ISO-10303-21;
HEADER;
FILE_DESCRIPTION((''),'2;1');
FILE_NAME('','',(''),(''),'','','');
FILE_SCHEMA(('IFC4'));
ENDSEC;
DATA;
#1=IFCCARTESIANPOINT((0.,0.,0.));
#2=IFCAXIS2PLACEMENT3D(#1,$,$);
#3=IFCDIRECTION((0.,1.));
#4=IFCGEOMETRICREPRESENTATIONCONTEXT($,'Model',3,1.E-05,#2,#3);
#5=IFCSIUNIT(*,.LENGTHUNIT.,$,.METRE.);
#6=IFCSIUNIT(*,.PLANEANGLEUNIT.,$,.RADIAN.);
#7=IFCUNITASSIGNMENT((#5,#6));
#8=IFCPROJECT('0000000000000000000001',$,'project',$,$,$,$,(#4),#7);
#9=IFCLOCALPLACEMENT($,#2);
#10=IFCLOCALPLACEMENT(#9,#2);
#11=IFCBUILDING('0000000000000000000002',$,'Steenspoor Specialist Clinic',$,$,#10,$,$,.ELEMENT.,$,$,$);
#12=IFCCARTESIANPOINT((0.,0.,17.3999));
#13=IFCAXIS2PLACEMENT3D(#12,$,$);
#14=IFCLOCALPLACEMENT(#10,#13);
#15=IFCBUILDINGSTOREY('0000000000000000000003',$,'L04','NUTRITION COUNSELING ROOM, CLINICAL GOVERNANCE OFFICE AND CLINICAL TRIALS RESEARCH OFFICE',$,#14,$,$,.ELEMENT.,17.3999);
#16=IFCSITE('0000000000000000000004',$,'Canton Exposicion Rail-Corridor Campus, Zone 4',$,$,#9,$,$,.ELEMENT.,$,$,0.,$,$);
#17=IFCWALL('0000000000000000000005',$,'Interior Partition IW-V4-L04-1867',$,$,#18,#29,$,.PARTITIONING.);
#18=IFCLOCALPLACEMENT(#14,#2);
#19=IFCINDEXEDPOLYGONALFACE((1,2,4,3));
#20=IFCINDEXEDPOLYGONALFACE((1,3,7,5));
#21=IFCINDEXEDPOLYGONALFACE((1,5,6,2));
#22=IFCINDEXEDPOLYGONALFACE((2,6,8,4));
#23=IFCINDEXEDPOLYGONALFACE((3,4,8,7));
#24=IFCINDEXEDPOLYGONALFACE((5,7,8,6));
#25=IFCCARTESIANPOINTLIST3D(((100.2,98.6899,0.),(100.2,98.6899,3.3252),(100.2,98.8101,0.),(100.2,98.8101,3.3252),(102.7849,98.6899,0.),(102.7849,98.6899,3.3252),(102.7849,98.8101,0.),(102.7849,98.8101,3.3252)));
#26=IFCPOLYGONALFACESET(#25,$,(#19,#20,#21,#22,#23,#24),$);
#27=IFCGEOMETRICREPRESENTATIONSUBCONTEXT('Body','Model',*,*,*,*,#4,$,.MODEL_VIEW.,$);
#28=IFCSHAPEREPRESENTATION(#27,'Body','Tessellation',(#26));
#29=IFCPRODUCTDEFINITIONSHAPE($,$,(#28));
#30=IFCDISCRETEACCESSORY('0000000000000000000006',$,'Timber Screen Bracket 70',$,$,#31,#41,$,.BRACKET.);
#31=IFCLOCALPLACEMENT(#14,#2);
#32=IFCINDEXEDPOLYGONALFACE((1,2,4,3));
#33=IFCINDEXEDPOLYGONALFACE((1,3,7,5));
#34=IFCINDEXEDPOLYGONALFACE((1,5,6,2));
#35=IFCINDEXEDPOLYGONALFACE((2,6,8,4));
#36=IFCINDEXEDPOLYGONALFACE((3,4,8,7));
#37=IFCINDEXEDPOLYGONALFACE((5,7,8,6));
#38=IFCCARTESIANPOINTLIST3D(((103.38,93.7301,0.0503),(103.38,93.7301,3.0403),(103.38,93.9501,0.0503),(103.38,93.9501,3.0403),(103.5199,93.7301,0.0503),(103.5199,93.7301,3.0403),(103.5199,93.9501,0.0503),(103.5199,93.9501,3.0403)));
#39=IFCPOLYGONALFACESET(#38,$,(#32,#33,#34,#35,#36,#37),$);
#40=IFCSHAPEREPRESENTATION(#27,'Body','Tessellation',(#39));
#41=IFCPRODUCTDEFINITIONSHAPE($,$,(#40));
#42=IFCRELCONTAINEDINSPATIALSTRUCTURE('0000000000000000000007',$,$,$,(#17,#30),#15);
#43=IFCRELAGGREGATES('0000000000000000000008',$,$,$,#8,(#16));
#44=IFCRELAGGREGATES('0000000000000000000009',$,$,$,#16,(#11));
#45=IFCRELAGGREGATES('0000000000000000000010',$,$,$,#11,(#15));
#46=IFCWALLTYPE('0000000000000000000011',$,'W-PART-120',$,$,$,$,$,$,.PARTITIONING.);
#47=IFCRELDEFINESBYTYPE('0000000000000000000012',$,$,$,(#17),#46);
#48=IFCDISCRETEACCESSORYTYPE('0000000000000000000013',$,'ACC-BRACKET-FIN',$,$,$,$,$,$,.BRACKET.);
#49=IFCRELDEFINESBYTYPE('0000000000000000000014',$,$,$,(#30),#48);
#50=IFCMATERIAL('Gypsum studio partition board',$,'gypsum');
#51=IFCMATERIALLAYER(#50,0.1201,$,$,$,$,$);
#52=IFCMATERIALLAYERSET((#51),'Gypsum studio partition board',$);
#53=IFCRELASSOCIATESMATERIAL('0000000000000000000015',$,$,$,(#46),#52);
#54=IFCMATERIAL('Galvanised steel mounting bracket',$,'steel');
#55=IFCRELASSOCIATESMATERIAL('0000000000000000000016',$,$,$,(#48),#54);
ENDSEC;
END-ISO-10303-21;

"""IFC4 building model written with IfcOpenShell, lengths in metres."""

from ifc_helpers import new_model, si_unit, direction, frame, frame_2d, origin, origin_2d, place, context, subcontext, project, spatial, rectangle, extrude, material, layer, layer_set, type_object, element, save


model = new_model("IFC4")

# Units and contexts
model_context = context("Model", 3, precision=1e-05, world=origin(), true_north=direction((0.0, 1.0)))
body_context = subcontext(model_context, "Body", "Model", "MODEL_VIEW")
ifc_project = project(units=[si_unit("LENGTHUNIT", "METRE"), si_unit("PLANEANGLEUNIT", "RADIAN")], contexts=[model_context])

# Site, building, storey
site_placement = place(None, origin())
site = spatial("IfcSite", under=ifc_project, at=site_placement, Name="Canton Exposicion Rail-Corridor Campus, Zone 4", CompositionType="ELEMENT", RefElevation=0.0)
building_placement = place(site_placement, origin())
building = spatial("IfcBuilding", under=site, at=building_placement, Name="Steenspoor Specialist Clinic", CompositionType="ELEMENT")
storey_placement = place(building_placement, frame((0.0, 0.0, 17.3999)))
storey = spatial("IfcBuildingStorey", under=building, at=storey_placement, Name="L04", Description="NUTRITION COUNSELING ROOM, CLINICAL GOVERNANCE OFFICE AND CLINICAL TRIALS RESEARCH OFFICE", CompositionType="ELEMENT", Elevation=17.3999)

# Shared definitions
ifc_material_1 = material(Name="Gypsum studio partition board", Category="gypsum")
ifc_layer_1 = layer(ifc_material_1, 0.1201)
ifc_layer_set_1 = layer_set([ifc_layer_1], Name="Gypsum studio partition board")
wall_type_1 = type_object("IfcWallType", Name="W-PART-120", PredefinedType="PARTITIONING", material=ifc_layer_set_1)

# Wall
wall_1_placement = place(storey_placement, frame((100.2, 98.75, 0.0), z_axis=(0.0, 0.0, 1.0), x_axis=(1.0, 0.0, 0.0)))
element("IfcWall", 1, at=wall_1_placement, inside=storey, type_object=wall_type_1, Name="Interior Partition IW-V4-L04-1867", PredefinedType="PARTITIONING", context=body_context, shape_type="SweptSolid", body=[
    extrude(rectangle(XDim=2.585, YDim=0.1201, at=frame_2d((1.2925, 0.0))), origin(), (0.0, 0.0, 1.0), 3.3252),
])

# Discrete accessory
ifc_material_2 = material(Name="Galvanised steel mounting bracket", Category="steel")
discrete_accessory_type = type_object("IfcDiscreteAccessoryType", Name="ACC-BRACKET-FIN", PredefinedType="BRACKET", material=ifc_material_2)
discrete_accessory_placement = place(storey_placement, frame((103.45, 93.8401, 0.0503), z_axis=(0.0, 0.0, 1.0), x_axis=(0.0, -1.0, 0.0)))
element("IfcDiscreteAccessory", 2, at=discrete_accessory_placement, inside=storey, type_object=discrete_accessory_type, Name="Timber Screen Bracket 70", PredefinedType="BRACKET", context=body_context, shape_type="SweptSolid", body=[
    extrude(rectangle(XDim=0.22, YDim=0.1399, at=origin_2d()), origin(), (0.0, 0.0, 1.0), 2.99),
])

save(model, "model.ifc")
